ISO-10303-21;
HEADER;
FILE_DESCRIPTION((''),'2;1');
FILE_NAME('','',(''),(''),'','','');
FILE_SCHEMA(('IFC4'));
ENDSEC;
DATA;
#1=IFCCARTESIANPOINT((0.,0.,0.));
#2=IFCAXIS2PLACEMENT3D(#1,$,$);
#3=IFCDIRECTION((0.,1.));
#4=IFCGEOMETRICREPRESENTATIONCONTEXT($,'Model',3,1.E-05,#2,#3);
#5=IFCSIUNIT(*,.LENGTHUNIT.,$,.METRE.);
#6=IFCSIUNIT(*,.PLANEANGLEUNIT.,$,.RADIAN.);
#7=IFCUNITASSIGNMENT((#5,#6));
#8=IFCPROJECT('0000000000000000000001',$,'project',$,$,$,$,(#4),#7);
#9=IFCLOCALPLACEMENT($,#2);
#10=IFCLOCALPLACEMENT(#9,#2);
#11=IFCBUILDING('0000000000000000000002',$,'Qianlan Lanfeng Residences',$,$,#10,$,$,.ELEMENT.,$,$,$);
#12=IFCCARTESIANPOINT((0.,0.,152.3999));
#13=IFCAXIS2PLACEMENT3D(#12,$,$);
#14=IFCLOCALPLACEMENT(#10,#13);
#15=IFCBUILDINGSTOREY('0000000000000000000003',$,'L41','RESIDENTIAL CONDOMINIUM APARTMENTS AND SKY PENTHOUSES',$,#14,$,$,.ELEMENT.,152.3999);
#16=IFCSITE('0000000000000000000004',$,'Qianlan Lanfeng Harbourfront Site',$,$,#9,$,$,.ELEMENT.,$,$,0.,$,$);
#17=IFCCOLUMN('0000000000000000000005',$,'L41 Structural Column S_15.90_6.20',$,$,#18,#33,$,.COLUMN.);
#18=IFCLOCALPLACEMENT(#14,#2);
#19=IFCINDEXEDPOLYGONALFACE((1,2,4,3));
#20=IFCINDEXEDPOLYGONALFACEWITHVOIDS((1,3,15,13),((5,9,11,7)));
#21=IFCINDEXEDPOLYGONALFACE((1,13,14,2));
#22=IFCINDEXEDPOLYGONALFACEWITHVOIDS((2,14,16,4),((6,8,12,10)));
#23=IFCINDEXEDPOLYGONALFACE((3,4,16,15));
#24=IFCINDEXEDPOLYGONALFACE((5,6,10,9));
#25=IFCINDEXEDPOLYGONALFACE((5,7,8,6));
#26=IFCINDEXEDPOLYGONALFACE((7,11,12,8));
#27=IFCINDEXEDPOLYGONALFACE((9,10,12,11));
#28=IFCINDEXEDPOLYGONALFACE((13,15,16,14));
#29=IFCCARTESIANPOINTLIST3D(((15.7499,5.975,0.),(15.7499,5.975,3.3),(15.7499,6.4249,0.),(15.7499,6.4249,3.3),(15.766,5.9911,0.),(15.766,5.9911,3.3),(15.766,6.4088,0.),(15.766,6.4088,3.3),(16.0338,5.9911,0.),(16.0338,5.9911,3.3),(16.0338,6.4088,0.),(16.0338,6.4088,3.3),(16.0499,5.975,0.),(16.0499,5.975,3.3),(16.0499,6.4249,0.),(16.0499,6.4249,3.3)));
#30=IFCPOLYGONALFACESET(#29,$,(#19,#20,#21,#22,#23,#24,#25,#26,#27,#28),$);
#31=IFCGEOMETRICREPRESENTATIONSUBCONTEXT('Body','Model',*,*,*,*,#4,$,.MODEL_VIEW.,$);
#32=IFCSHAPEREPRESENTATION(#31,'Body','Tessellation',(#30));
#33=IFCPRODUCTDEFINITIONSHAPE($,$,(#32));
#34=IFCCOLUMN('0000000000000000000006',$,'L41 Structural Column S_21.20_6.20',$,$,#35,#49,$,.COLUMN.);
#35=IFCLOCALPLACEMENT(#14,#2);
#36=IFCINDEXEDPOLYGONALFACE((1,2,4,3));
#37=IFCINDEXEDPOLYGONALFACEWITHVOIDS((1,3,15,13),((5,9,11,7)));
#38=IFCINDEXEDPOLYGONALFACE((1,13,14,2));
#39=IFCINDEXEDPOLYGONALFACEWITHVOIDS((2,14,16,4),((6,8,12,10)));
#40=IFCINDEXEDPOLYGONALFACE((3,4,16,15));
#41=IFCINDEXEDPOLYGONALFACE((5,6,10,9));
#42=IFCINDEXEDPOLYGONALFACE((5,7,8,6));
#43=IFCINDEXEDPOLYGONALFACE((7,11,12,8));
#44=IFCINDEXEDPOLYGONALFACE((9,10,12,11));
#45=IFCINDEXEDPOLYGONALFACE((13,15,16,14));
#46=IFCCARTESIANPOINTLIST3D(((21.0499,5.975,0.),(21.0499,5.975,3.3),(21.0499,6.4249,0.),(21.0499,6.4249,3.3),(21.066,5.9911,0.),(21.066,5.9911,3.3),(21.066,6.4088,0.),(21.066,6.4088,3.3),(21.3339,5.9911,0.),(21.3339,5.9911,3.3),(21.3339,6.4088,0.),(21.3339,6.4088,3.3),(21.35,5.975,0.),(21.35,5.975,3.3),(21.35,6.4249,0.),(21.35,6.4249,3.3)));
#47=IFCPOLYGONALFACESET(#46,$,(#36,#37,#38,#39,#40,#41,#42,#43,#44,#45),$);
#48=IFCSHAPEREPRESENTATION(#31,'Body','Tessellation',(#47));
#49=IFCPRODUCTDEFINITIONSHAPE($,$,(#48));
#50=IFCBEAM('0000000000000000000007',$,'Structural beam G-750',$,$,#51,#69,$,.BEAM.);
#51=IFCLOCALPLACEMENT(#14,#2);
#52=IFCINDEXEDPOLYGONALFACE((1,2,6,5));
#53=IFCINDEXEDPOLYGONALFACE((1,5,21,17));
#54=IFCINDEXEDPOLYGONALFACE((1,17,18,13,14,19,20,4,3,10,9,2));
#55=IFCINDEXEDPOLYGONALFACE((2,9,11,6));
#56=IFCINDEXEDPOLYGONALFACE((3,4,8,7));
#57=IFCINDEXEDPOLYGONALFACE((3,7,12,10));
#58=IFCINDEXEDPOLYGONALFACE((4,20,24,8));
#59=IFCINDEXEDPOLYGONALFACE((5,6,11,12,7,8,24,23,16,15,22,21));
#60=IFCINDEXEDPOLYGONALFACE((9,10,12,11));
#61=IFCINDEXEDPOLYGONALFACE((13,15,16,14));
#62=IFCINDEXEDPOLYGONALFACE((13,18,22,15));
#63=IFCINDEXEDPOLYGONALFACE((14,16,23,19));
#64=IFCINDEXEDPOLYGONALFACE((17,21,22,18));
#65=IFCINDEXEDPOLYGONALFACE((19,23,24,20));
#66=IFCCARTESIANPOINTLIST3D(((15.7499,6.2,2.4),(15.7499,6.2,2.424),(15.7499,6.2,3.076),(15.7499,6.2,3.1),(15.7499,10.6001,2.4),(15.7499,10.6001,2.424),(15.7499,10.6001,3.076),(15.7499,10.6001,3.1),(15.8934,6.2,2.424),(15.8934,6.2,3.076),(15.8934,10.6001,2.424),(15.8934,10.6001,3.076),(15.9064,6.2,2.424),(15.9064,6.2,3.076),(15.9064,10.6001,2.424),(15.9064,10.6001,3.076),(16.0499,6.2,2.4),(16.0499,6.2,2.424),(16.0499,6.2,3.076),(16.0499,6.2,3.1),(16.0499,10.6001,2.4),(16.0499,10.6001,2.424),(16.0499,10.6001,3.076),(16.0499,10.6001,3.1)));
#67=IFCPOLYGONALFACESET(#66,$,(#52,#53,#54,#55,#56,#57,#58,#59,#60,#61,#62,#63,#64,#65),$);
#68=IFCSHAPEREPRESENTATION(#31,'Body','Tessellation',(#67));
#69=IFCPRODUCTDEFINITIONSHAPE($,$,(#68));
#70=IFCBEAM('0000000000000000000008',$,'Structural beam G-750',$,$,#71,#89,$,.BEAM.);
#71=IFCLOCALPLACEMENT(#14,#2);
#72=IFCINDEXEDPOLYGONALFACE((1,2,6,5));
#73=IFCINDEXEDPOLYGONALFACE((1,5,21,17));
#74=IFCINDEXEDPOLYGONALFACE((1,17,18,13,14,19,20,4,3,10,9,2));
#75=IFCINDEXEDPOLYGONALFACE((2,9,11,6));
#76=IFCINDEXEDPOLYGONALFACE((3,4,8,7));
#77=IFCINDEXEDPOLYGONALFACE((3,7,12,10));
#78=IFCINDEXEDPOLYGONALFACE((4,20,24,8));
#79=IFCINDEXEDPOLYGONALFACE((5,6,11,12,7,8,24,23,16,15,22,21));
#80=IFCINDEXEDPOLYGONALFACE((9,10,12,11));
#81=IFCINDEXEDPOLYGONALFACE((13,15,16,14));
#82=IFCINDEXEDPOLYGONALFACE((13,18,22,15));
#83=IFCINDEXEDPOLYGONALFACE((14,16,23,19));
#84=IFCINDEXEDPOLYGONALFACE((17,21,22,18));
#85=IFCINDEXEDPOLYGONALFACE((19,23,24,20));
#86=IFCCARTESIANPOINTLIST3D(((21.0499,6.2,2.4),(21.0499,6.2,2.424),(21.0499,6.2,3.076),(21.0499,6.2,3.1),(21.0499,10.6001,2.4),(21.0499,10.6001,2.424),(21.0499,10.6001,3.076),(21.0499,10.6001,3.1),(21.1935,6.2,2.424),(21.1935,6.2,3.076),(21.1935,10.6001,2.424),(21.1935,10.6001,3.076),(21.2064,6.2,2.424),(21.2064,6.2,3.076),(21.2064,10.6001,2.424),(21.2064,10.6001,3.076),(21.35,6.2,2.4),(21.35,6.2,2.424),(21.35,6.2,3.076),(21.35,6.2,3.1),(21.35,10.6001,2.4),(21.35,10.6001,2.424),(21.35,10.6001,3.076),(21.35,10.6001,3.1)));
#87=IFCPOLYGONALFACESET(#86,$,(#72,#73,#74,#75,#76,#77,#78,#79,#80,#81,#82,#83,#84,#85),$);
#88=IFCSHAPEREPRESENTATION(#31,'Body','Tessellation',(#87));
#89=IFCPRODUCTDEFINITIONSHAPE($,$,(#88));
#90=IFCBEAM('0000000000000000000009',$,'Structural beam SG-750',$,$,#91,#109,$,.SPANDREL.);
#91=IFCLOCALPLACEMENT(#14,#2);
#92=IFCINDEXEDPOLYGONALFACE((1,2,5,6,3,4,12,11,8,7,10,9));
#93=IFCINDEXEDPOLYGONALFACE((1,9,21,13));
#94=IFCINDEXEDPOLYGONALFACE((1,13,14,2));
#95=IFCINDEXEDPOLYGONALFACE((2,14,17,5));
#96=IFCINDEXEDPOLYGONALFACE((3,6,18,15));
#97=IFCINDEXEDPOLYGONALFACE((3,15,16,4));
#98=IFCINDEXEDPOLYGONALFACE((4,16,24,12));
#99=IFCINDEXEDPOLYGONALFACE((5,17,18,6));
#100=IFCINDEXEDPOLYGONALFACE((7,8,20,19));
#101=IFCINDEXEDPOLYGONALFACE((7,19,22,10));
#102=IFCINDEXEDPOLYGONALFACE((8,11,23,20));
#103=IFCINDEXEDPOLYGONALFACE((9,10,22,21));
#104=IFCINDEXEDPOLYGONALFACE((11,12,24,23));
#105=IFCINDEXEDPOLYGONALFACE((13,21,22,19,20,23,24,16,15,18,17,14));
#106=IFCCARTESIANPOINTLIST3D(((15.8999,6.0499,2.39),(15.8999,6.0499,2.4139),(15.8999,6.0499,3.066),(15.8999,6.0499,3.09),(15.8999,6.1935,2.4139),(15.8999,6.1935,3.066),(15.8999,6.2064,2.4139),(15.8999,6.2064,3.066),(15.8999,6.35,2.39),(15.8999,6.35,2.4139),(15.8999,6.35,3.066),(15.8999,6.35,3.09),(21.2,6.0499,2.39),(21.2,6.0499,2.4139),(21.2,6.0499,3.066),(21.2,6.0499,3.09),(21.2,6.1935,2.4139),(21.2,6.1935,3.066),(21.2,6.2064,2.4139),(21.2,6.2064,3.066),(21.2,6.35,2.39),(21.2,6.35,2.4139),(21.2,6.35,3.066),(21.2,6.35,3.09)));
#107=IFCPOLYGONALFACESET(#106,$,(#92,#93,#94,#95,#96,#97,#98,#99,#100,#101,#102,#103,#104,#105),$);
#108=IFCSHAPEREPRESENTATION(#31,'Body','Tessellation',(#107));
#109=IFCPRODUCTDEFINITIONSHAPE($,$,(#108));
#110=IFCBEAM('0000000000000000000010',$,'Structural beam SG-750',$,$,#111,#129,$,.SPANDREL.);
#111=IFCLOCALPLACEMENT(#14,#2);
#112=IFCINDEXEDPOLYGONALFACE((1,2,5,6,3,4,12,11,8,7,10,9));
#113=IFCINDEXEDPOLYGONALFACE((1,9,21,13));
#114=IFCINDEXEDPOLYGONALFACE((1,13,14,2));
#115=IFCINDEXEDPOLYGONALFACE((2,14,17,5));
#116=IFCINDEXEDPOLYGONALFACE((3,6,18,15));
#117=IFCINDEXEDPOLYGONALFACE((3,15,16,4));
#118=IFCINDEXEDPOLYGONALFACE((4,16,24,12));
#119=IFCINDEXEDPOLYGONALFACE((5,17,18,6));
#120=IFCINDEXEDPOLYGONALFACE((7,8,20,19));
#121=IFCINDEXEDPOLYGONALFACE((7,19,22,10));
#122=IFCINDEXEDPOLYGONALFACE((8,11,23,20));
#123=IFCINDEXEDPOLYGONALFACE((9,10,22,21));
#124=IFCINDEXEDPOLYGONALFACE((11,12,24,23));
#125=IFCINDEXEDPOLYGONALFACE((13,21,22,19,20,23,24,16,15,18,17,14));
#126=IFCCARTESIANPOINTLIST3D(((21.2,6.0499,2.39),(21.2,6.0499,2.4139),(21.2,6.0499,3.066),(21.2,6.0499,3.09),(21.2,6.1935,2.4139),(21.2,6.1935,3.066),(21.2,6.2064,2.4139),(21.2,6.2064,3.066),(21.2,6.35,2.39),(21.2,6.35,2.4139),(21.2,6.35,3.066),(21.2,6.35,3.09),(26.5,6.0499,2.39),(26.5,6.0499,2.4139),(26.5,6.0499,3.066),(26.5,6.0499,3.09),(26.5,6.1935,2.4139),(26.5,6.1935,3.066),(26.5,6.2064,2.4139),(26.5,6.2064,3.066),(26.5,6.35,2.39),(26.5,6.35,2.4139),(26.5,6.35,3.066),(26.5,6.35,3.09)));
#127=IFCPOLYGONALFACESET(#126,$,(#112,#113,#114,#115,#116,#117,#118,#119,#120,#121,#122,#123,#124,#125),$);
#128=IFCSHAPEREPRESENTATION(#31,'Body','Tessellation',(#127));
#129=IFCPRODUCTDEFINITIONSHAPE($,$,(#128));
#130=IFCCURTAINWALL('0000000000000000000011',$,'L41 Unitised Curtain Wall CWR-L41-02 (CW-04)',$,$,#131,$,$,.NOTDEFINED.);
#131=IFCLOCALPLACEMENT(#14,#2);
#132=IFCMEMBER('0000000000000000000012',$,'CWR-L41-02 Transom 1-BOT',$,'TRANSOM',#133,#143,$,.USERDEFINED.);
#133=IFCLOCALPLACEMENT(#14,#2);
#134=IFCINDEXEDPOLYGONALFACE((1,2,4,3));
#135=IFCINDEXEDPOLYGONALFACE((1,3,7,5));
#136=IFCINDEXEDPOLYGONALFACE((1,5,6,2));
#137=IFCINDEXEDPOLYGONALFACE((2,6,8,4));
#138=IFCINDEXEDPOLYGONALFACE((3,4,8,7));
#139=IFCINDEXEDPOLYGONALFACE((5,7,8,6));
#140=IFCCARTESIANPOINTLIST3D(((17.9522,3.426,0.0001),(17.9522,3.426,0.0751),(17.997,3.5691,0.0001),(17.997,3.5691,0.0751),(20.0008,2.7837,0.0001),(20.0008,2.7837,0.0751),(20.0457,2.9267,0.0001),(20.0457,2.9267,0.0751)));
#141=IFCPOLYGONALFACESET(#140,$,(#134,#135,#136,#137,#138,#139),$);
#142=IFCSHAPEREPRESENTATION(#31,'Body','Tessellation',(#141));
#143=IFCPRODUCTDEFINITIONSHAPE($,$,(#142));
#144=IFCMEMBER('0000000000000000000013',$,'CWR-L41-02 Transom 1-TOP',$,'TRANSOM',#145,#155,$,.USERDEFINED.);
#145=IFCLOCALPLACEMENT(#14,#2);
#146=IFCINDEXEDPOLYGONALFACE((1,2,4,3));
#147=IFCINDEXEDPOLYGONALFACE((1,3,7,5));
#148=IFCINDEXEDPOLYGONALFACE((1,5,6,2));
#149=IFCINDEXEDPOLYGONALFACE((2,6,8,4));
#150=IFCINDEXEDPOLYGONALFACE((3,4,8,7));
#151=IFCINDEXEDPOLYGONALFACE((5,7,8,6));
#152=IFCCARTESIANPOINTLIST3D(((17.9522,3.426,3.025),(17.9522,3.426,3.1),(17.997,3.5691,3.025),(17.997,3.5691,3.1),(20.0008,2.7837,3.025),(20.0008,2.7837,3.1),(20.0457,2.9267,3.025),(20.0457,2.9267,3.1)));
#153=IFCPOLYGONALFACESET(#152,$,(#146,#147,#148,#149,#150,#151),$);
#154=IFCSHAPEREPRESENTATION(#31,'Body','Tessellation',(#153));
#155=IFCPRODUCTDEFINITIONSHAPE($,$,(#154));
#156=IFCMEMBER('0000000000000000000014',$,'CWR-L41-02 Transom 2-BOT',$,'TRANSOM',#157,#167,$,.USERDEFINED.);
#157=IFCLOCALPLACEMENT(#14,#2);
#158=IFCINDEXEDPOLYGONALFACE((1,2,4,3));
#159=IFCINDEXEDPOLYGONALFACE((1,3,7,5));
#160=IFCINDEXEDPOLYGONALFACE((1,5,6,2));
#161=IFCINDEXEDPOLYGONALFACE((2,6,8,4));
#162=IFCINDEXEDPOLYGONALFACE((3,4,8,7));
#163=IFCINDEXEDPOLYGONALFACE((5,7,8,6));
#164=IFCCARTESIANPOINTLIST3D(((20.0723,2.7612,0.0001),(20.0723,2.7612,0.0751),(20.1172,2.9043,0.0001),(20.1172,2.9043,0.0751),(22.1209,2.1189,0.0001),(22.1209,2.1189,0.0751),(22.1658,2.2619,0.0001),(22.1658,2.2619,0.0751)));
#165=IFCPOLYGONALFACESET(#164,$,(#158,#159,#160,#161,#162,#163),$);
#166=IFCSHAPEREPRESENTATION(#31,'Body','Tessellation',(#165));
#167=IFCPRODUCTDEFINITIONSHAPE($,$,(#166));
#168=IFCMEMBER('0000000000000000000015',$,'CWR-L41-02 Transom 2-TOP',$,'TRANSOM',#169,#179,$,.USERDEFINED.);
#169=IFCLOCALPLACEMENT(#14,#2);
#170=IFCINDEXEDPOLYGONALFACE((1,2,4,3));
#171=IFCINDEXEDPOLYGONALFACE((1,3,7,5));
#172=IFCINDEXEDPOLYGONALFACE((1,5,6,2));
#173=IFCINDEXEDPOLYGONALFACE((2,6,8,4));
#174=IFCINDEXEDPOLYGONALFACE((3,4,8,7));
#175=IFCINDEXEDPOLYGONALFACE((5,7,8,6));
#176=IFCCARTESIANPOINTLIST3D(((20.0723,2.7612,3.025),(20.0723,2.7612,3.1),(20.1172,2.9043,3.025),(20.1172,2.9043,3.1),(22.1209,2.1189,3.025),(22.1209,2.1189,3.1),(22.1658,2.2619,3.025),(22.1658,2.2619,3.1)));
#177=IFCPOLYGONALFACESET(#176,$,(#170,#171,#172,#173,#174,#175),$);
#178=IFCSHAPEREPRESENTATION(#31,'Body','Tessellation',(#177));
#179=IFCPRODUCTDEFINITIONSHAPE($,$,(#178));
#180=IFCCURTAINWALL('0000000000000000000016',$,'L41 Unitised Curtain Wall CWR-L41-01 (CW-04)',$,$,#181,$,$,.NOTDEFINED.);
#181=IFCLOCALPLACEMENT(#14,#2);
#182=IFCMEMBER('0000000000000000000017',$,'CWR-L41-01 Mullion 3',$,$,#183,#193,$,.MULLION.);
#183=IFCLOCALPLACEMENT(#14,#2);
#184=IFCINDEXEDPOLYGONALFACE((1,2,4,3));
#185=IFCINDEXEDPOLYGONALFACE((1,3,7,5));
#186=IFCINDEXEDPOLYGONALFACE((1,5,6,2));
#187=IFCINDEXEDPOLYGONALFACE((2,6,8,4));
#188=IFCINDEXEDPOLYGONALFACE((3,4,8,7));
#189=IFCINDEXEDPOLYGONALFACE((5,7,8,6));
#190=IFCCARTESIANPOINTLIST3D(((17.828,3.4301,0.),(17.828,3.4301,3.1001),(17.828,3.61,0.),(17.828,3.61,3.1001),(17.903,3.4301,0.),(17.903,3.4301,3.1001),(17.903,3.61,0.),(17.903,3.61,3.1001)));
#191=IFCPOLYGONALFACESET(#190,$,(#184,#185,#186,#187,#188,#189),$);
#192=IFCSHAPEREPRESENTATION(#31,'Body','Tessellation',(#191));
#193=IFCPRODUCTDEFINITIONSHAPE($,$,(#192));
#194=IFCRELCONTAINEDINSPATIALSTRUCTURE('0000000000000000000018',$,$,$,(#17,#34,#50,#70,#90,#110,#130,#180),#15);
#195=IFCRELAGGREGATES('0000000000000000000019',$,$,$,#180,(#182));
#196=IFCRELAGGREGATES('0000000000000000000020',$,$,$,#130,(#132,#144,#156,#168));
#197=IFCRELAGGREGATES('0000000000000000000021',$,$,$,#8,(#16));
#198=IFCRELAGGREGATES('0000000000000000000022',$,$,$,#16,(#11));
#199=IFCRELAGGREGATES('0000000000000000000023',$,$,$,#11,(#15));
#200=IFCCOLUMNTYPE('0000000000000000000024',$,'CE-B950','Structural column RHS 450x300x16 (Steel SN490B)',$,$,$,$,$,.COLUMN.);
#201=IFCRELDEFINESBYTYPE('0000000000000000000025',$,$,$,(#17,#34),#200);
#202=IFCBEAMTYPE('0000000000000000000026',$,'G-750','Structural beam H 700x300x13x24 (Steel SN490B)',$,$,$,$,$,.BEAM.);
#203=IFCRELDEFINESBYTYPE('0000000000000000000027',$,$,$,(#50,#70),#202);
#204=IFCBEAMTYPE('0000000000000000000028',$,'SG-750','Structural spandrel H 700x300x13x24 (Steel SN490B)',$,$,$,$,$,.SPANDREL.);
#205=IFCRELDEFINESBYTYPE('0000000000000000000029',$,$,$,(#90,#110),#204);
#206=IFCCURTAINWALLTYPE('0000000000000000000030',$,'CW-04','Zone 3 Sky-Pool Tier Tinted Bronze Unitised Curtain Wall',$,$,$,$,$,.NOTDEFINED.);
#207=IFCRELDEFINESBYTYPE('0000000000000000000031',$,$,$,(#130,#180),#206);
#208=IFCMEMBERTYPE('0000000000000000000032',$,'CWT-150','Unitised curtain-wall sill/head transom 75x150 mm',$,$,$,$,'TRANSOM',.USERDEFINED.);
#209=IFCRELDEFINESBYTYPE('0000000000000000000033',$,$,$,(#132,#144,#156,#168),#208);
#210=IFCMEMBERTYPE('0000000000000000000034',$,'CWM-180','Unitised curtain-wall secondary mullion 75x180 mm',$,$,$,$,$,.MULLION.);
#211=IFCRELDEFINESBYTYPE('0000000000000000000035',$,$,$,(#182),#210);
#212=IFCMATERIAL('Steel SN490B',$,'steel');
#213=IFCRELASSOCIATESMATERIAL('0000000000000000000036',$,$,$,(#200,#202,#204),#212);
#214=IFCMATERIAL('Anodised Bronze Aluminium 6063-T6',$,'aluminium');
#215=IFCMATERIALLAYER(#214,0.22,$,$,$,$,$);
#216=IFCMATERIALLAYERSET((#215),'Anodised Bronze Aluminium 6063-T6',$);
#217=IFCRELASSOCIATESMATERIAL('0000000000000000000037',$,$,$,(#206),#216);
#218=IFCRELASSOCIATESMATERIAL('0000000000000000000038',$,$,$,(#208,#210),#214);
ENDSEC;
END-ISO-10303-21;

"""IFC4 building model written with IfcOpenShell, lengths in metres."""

from ifc_helpers import new_model, si_unit, direction, frame, origin, origin_2d, place, context, subcontext, project, spatial, rectangle, hollow_rectangle, i_section, extrude, source, transform, mapped, material, layer, layer_set, material_profile, profile_set, type_object, element, aggregate, save


model = new_model("IFC4")

# Units and contexts
model_context = context("Model", 3, precision=1e-05, world=origin(), true_north=direction((0.0, 1.0)))
body_context = subcontext(model_context, "Body", "Model", "MODEL_VIEW")
ifc_project = project(units=[si_unit("LENGTHUNIT", "METRE"), si_unit("PLANEANGLEUNIT", "RADIAN")], contexts=[model_context])

# Site, building, storey
site_placement = place(None, origin())
site = spatial("IfcSite", under=ifc_project, at=site_placement, Name="Qianlan Lanfeng Harbourfront Site", CompositionType="ELEMENT", RefElevation=0.0)
building_placement = place(site_placement, origin())
building = spatial("IfcBuilding", under=site, at=building_placement, Name="Qianlan Lanfeng Residences", CompositionType="ELEMENT")
storey_placement = place(building_placement, frame((0.0, 0.0, 152.3999)))
storey = spatial("IfcBuildingStorey", under=building, at=storey_placement, Name="L41", Description="RESIDENTIAL CONDOMINIUM APARTMENTS AND SKY PENTHOUSES", CompositionType="ELEMENT", Elevation=152.3999)

# Columns
ifc_material_1 = material(Name="Steel SN490B", Category="steel")
ifc_material_profile_1 = material_profile(ifc_material_1, hollow_rectangle(XDim=0.3, YDim=0.45, WallThickness=0.0161, at=origin_2d()), Name="RHS 450x300x16")
ifc_profile_set_1 = profile_set([ifc_material_profile_1], Name="Steel SN490B")
column_type = type_object("IfcColumnType", Name="CE-B950", Description="Structural column RHS 450x300x16 (Steel SN490B)", PredefinedType="COLUMN", material=ifc_profile_set_1)
for number, where, z_axis, x_axis, name in (
    (1, (15.8999, 6.2, 0.0), (0.0, 0.0, 1.0), (1.0, 0.0, 0.0), "L41 Structural Column S_15.90_6.20"),
    (2, (21.2, 6.2, 0.0), (0.0, 0.0, 1.0), (1.0, 0.0, 0.0), "L41 Structural Column S_21.20_6.20"),
):
    element("IfcColumn", number, at=place(storey_placement, frame(where, z_axis=z_axis, x_axis=x_axis)), inside=storey, type_object=column_type, Name=name, PredefinedType="COLUMN", context=body_context, shape_type="SweptSolid", body=[
        extrude(hollow_rectangle(XDim=0.3, YDim=0.45, WallThickness=0.0161, at=origin_2d()), origin(), (0.0, 0.0, 1.0), 3.3),
    ])

# Beams
ifc_material_profile_2 = material_profile(ifc_material_1, i_section(OverallWidth=0.3, OverallDepth=0.7, WebThickness=0.0129, FlangeThickness=0.0239, at=origin_2d()), Name="H 700x300x13x24")
ifc_profile_set_2 = profile_set([ifc_material_profile_2], Name="Steel SN490B")
beam_type_1 = type_object("IfcBeamType", Name="G-750", Description="Structural beam H 700x300x13x24 (Steel SN490B)", PredefinedType="BEAM", material=ifc_profile_set_2)
for number, where, z_axis, x_axis, name in (
    (3, (15.8999, 6.2, 2.75), (0.0, 1.0, 0.0), (-1.0, 0.0, 0.0), "Structural beam G-750"),
    (4, (21.2, 6.2, 2.75), (0.0, 1.0, 0.0), (-1.0, 0.0, 0.0), "Structural beam G-750"),
):
    element("IfcBeam", number, at=place(storey_placement, frame(where, z_axis=z_axis, x_axis=x_axis)), inside=storey, type_object=beam_type_1, Name=name, PredefinedType="BEAM", context=body_context, shape_type="SweptSolid", body=[
        extrude(i_section(OverallWidth=0.3, OverallDepth=0.7, WebThickness=0.0129, FlangeThickness=0.0239, at=origin_2d()), origin(), (0.0, 0.0, 1.0), 4.4001),
    ])
ifc_material_profile_3 = material_profile(ifc_material_1, i_section(OverallWidth=0.3, OverallDepth=0.7, WebThickness=0.0129, FlangeThickness=0.0239, at=origin_2d()), Name="H 700x300x13x24")
ifc_profile_set_3 = profile_set([ifc_material_profile_3], Name="Steel SN490B")
beam_type_2 = type_object("IfcBeamType", Name="SG-750", Description="Structural spandrel H 700x300x13x24 (Steel SN490B)", PredefinedType="SPANDREL", material=ifc_profile_set_3)
for number, where, z_axis, x_axis, name in (
    (5, (15.8999, 6.2, 2.74), (1.0, 0.0, 0.0), (0.0, 1.0, 0.0), "Structural beam SG-750"),
    (6, (21.2, 6.2, 2.74), (1.0, 0.0, 0.0), (0.0, 1.0, 0.0), "Structural beam SG-750"),
):
    element("IfcBeam", number, at=place(storey_placement, frame(where, z_axis=z_axis, x_axis=x_axis)), inside=storey, type_object=beam_type_2, Name=name, PredefinedType="SPANDREL", context=body_context, shape_type="SweptSolid", body=[
        extrude(i_section(OverallWidth=0.3, OverallDepth=0.7, WebThickness=0.0129, FlangeThickness=0.0239, at=origin_2d()), origin(), (0.0, 0.0, 1.0), 5.3),
    ])

# Curtain wall, members
ifc_material_2 = material(Name="Anodised Bronze Aluminium 6063-T6", Category="aluminium")
ifc_layer_1 = layer(ifc_material_2, 0.22)
ifc_layer_set_1 = layer_set([ifc_layer_1], Name="Anodised Bronze Aluminium 6063-T6")
curtain_wall_type = type_object("IfcCurtainWallType", Name="CW-04", Description="Zone 3 Sky-Pool Tier Tinted Bronze Unitised Curtain Wall", PredefinedType="NOTDEFINED", material=ifc_layer_set_1)
curtain_wall_1_placement = place(storey_placement, origin())
curtain_wall_1 = element("IfcCurtainWall", 7, at=curtain_wall_1_placement, inside=storey, type_object=curtain_wall_type, Name="L41 Unitised Curtain Wall CWR-L41-02 (CW-04)", PredefinedType="NOTDEFINED")
ifc_material_profile_4 = material_profile(ifc_material_2, rectangle(XDim=0.075, YDim=0.1499, at=origin_2d()), Name="ALU TRANSOM 75x150")
ifc_profile_set_4 = profile_set([ifc_material_profile_4], Name="Anodised Bronze Aluminium 6063-T6")
member_type_1 = type_object("IfcMemberType", Name="CWT-150", Description="Unitised curtain-wall sill/head transom 75x150 mm", ElementType="TRANSOM", PredefinedType="USERDEFINED", material=ifc_profile_set_4)
shared_shape_1 = source(origin(), body_context, "Body", "SweptSolid", [
    extrude(rectangle(XDim=0.075, YDim=0.1499, at=origin_2d()), origin(), (0.0, 0.0, 1.0), 2.147),
])
member_1_placement = place(storey_placement, frame((17.9746, 3.4976, 0.0376), z_axis=(0.954194, -0.299188, 0.0), x_axis=(0.0, 0.0, 1.0)))
member_1 = element("IfcMember", 8, at=member_1_placement, type_object=member_type_1, Name="CWR-L41-02 Transom 1-BOT", ObjectType="TRANSOM", PredefinedType="USERDEFINED", context=body_context, shape_type="MappedRepresentation", body=[
    mapped(shared_shape_1, transform((0.0, 0.0, 0.0), scale=1.0)),
])
member_2_placement = place(storey_placement, frame((17.9746, 3.4976, 3.0625), z_axis=(0.954194, -0.299188, 0.0), x_axis=(0.0, 0.0, 1.0)))
member_2 = element("IfcMember", 9, at=member_2_placement, type_object=member_type_1, Name="CWR-L41-02 Transom 1-TOP", ObjectType="TRANSOM", PredefinedType="USERDEFINED", context=body_context, shape_type="MappedRepresentation", body=[
    mapped(shared_shape_1, transform((0.0, 0.0, 0.0), scale=1.0)),
])
member_3_placement = place(storey_placement, frame((20.0947, 2.8328, 0.0376), z_axis=(0.954194, -0.299188, 0.0), x_axis=(0.0, 0.0, 1.0)))
member_3 = element("IfcMember", 10, at=member_3_placement, type_object=member_type_1, Name="CWR-L41-02 Transom 2-BOT", ObjectType="TRANSOM", PredefinedType="USERDEFINED", context=body_context, shape_type="MappedRepresentation", body=[
    mapped(shared_shape_1, transform((0.0, 0.0, 0.0), scale=1.0)),
])
member_4_placement = place(storey_placement, frame((20.0947, 2.8328, 3.0625), z_axis=(0.954194, -0.299188, 0.0), x_axis=(0.0, 0.0, 1.0)))
member_4 = element("IfcMember", 11, at=member_4_placement, type_object=member_type_1, Name="CWR-L41-02 Transom 2-TOP", ObjectType="TRANSOM", PredefinedType="USERDEFINED", context=body_context, shape_type="MappedRepresentation", body=[
    mapped(shared_shape_1, transform((0.0, 0.0, 0.0), scale=1.0)),
])

# Curtain wall, member
curtain_wall_2_placement = place(storey_placement, origin())
curtain_wall_2 = element("IfcCurtainWall", 12, at=curtain_wall_2_placement, inside=storey, type_object=curtain_wall_type, Name="L41 Unitised Curtain Wall CWR-L41-01 (CW-04)", PredefinedType="NOTDEFINED")
ifc_material_profile_5 = material_profile(ifc_material_2, rectangle(XDim=0.075, YDim=0.1799, at=origin_2d()), Name="ALU MULLION 75x180")
ifc_profile_set_5 = profile_set([ifc_material_profile_5], Name="Anodised Bronze Aluminium 6063-T6")
member_type_2 = type_object("IfcMemberType", Name="CWM-180", Description="Unitised curtain-wall secondary mullion 75x180 mm", PredefinedType="MULLION", material=ifc_profile_set_5)
shared_shape_2 = source(origin(), body_context, "Body", "SweptSolid", [
    extrude(rectangle(XDim=0.075, YDim=0.1799, at=origin_2d()), origin(), (0.0, 0.0, 1.0), 3.1001),
])
member_5_placement = place(storey_placement, frame((17.8655, 3.52, 0.0), z_axis=(0.0, 0.0, 1.0), x_axis=(1.0, 0.0, 0.0)))
member_5 = element("IfcMember", 13, at=member_5_placement, type_object=member_type_2, Name="CWR-L41-01 Mullion 3", PredefinedType="MULLION", context=body_context, shape_type="MappedRepresentation", body=[
    mapped(shared_shape_2, transform((0.0, 0.0, 0.0), scale=1.0)),
])
aggregate(curtain_wall_2, [member_5])

aggregate(curtain_wall_1, [member_1, member_2, member_3, member_4])

save(model, "model.ifc")
